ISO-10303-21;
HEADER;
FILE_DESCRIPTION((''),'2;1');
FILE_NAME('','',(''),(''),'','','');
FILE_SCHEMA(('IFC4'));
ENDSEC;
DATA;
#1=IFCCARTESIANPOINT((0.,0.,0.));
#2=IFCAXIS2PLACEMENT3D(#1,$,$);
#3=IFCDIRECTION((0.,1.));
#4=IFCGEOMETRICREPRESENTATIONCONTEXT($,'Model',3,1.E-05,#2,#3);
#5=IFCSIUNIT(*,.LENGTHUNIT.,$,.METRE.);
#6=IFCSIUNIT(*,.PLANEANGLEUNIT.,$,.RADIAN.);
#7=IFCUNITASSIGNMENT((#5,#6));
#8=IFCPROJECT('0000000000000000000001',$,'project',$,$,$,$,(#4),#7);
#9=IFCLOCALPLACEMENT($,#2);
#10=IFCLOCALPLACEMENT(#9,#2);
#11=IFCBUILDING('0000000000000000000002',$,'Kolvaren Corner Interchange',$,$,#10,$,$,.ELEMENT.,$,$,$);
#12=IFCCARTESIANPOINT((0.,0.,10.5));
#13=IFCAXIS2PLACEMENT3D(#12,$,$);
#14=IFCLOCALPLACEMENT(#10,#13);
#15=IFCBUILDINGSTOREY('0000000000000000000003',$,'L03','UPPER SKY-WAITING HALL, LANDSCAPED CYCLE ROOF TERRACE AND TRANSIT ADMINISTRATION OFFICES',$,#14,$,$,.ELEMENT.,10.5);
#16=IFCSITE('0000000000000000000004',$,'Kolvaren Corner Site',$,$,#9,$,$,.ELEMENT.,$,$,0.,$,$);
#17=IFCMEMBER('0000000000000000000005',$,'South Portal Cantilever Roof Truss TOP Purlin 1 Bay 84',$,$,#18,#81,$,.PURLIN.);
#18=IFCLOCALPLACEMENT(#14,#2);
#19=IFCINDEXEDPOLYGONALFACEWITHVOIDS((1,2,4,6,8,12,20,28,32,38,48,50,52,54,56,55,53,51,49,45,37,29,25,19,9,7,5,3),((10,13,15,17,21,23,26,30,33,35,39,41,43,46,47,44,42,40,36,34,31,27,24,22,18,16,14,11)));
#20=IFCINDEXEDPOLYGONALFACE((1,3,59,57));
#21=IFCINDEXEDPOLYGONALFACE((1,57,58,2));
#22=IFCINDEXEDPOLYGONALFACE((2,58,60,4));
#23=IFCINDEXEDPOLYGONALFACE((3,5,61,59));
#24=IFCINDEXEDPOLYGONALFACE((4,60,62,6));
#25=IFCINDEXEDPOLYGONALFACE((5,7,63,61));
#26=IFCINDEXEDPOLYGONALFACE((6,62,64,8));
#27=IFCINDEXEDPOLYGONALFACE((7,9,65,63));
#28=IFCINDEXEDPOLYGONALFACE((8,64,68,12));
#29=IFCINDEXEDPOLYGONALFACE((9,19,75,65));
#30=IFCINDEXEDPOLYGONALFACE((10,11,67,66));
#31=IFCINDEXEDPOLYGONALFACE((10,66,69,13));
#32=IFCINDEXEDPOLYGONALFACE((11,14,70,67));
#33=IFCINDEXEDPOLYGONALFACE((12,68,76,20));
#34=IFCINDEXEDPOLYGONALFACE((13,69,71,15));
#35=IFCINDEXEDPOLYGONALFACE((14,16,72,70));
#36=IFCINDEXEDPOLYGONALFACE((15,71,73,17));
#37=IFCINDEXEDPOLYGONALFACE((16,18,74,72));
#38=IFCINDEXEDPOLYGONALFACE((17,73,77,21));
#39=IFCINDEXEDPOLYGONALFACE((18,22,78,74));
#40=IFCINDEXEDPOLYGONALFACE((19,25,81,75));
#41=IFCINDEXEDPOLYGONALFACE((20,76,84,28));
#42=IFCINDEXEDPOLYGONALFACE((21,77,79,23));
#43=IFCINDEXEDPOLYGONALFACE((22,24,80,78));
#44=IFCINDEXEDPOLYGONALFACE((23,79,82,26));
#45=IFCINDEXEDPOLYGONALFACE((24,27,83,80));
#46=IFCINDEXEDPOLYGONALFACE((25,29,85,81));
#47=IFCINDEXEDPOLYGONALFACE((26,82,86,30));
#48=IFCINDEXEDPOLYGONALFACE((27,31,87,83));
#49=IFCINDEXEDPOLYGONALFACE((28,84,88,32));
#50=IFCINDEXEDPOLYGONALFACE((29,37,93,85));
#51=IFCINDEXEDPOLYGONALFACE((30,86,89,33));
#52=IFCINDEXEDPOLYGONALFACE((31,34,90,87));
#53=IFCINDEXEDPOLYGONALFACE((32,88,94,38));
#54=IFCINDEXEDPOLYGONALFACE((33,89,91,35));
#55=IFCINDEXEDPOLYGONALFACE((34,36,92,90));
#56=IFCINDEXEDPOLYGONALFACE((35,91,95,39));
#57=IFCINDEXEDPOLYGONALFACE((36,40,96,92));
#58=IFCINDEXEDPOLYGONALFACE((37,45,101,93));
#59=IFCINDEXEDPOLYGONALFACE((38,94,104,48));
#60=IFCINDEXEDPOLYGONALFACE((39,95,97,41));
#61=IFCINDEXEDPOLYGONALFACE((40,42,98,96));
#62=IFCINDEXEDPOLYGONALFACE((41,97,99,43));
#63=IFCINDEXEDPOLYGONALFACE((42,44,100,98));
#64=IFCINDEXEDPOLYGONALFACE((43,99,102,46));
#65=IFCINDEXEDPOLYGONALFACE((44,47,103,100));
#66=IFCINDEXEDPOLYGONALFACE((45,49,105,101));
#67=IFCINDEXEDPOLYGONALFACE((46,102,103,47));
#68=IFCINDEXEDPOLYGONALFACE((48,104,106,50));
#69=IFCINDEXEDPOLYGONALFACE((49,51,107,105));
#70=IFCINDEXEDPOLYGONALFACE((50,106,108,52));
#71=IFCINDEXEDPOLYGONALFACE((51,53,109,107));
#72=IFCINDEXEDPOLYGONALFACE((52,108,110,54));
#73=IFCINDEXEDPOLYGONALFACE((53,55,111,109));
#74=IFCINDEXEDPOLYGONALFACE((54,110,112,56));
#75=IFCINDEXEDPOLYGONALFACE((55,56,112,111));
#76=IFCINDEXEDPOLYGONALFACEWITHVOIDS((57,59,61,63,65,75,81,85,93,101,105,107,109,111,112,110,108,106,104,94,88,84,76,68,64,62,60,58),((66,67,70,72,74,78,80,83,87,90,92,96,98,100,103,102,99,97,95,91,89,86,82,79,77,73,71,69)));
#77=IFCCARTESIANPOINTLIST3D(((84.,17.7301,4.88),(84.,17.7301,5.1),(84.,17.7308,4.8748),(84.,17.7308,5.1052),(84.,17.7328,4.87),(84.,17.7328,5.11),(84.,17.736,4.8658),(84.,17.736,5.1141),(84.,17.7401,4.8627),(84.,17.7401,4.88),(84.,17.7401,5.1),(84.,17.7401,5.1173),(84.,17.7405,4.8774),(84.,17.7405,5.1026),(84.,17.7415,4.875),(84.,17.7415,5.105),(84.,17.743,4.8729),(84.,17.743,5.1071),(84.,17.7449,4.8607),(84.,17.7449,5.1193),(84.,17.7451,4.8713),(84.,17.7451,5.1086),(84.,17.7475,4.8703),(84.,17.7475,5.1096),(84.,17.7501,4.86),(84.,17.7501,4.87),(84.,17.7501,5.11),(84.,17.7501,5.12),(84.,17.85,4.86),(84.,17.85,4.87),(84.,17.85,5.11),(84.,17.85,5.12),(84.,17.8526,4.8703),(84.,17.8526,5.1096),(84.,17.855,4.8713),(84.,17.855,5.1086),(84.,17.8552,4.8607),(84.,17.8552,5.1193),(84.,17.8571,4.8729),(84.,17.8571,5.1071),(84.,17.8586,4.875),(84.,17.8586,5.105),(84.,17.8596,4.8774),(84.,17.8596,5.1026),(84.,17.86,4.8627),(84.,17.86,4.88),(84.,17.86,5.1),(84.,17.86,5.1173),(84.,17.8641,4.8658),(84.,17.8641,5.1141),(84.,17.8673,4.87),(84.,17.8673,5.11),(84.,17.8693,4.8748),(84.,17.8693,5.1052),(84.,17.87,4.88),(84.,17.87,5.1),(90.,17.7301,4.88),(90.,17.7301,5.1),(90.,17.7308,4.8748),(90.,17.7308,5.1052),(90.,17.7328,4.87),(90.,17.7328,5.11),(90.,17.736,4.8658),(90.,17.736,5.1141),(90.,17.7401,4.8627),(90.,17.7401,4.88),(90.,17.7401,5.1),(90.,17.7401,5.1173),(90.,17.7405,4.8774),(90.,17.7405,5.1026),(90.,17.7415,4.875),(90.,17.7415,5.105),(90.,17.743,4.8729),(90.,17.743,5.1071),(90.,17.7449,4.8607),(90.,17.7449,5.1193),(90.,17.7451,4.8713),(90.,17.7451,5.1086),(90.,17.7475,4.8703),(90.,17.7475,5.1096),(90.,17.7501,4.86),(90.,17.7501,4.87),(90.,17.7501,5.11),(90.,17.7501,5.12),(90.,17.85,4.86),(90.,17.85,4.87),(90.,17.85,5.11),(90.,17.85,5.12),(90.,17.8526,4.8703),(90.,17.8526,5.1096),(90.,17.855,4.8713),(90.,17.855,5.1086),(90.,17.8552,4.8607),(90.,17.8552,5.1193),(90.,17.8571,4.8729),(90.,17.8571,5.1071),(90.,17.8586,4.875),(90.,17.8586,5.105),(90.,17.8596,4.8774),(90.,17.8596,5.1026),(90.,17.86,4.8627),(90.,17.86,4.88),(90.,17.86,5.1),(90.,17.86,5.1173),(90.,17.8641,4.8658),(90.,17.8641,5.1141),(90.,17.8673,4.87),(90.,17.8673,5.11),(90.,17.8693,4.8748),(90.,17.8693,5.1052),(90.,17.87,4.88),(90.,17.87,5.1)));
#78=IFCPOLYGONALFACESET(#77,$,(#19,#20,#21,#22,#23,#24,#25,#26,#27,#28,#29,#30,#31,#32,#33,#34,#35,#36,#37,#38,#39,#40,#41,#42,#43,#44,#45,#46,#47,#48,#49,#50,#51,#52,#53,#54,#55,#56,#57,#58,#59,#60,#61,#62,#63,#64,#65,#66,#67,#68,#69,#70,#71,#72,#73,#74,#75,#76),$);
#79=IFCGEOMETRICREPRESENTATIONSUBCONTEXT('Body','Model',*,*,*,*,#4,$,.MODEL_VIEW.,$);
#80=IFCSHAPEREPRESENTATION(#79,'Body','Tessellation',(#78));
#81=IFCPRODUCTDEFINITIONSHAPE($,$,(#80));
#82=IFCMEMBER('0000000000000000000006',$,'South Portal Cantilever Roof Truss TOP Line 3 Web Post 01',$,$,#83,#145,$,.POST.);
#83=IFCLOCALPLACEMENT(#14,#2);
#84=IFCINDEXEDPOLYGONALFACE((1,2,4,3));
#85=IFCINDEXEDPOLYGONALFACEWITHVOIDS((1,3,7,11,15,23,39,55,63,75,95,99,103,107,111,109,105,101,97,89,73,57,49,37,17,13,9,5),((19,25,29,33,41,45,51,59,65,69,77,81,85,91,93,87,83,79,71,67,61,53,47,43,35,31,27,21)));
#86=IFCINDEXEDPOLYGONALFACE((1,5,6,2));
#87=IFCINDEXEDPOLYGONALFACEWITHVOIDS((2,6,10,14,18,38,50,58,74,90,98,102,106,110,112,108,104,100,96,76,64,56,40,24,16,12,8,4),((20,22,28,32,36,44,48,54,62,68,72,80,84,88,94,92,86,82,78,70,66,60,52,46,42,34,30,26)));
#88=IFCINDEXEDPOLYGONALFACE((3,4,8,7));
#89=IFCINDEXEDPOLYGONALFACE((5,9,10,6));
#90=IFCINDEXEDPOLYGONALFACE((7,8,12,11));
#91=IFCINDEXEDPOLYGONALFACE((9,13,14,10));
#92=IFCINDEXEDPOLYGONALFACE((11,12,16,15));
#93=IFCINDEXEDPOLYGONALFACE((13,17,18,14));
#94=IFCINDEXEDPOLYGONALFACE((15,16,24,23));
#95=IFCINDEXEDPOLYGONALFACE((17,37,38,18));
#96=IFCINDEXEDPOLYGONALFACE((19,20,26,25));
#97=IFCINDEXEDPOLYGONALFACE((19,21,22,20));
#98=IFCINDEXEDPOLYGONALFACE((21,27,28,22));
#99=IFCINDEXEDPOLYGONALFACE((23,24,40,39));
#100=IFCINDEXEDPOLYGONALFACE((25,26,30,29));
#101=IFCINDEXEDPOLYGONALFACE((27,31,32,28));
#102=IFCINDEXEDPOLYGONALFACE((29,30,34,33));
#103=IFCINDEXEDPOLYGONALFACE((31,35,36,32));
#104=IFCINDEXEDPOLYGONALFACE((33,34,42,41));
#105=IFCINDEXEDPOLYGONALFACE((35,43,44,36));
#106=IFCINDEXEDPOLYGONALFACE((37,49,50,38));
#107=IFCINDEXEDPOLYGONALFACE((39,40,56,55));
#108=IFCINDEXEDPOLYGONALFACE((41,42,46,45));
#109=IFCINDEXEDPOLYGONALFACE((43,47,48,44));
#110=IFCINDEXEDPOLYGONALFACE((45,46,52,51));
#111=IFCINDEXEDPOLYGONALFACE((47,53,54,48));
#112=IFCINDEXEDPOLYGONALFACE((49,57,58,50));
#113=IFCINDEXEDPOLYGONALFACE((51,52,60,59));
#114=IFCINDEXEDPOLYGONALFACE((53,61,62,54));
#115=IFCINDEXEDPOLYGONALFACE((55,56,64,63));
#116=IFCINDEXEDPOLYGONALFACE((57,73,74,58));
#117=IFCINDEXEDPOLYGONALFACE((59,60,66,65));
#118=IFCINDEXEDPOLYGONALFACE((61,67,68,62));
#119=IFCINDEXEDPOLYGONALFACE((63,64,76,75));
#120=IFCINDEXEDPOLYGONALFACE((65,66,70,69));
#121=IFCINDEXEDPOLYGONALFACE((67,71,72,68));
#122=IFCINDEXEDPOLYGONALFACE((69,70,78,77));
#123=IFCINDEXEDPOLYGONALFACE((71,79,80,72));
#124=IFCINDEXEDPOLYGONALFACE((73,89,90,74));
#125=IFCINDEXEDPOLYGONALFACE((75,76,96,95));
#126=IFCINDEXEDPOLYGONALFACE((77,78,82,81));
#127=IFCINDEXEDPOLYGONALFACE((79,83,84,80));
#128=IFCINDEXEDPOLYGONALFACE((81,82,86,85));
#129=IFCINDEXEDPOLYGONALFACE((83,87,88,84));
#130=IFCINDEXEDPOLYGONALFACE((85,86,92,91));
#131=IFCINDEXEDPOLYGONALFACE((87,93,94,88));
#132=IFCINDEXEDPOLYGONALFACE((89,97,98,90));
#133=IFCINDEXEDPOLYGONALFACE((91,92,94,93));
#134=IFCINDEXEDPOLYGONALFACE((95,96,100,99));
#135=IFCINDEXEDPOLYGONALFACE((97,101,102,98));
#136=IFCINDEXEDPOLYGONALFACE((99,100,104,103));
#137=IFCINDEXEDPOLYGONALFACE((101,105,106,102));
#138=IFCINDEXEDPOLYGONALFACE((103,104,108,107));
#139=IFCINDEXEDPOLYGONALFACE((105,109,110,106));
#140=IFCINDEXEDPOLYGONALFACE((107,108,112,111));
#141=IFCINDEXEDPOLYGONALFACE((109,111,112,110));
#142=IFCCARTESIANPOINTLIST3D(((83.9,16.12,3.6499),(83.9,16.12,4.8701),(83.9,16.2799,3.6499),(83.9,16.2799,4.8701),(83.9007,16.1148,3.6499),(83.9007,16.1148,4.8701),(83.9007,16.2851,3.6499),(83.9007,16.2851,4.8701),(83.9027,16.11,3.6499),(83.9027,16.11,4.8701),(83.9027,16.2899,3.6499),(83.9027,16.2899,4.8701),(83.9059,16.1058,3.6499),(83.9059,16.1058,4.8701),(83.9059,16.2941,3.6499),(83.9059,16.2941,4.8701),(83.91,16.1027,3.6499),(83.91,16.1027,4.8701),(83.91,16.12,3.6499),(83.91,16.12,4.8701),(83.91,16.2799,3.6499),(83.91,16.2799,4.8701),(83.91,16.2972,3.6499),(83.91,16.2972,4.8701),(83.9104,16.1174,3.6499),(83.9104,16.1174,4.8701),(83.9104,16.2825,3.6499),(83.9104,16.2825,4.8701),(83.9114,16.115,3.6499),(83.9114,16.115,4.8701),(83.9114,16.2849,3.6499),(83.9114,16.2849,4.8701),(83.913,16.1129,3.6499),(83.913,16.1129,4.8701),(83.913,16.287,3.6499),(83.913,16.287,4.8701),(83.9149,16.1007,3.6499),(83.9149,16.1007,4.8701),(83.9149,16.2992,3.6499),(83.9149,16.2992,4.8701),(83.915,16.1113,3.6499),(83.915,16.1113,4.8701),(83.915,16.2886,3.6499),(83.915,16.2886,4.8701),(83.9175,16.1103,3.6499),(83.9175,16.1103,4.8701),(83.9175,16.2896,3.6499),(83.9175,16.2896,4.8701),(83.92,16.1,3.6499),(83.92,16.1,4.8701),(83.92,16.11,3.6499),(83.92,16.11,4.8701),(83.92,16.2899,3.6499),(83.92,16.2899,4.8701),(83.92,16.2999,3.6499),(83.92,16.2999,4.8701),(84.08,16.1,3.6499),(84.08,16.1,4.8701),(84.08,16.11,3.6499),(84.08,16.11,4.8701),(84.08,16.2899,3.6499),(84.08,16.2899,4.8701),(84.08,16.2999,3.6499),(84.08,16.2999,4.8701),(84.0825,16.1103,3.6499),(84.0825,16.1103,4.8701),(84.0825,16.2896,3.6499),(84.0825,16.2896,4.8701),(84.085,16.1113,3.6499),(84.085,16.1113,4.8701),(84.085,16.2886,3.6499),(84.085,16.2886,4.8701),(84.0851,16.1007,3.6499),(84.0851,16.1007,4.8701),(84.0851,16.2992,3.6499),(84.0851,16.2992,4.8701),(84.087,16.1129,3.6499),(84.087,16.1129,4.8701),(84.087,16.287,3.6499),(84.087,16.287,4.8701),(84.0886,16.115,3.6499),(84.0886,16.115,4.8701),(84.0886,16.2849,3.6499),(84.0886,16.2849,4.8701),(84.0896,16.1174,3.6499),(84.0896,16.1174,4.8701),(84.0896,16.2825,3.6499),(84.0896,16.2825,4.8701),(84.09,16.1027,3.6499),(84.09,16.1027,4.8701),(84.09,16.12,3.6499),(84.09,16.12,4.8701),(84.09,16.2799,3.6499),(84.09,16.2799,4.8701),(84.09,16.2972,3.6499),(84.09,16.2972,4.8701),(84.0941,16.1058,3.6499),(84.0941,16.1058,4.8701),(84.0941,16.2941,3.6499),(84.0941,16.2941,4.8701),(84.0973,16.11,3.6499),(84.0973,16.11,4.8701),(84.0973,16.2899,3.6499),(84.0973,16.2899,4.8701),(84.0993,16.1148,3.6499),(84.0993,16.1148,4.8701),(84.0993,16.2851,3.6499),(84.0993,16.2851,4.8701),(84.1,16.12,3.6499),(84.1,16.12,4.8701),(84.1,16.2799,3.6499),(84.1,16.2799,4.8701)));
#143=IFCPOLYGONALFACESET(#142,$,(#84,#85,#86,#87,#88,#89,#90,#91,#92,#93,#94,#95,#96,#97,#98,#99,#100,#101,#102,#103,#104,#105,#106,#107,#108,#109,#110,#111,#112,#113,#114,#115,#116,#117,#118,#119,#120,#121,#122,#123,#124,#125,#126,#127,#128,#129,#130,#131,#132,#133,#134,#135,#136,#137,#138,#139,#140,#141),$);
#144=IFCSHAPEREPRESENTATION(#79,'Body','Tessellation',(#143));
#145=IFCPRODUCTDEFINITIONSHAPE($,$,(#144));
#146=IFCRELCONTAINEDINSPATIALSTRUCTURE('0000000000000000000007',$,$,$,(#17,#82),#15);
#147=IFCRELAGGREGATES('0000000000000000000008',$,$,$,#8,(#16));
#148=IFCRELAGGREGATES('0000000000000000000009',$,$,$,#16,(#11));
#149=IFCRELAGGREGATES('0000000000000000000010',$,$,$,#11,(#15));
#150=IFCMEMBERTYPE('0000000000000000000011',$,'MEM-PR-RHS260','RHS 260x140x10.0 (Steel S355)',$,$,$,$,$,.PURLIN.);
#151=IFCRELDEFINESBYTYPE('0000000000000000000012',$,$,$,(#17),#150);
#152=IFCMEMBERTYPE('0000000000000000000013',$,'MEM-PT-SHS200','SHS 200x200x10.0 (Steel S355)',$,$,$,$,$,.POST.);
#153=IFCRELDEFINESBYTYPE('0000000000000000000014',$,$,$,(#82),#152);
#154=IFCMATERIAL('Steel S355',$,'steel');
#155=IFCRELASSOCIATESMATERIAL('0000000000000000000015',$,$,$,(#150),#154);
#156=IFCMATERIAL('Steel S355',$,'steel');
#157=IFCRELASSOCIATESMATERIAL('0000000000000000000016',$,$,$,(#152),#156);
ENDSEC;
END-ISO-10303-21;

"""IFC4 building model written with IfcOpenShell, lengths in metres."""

from ifc_helpers import new_model, si_unit, direction, frame, origin, origin_2d, place, context, subcontext, project, spatial, hollow_rectangle, extrude, material, material_profile, profile_set, type_object, element, save


model = new_model("IFC4")

# Units and contexts
model_context = context("Model", 3, precision=1e-05, world=origin(), true_north=direction((0.0, 1.0)))
body_context = subcontext(model_context, "Body", "Model", "MODEL_VIEW")
ifc_project = project(units=[si_unit("LENGTHUNIT", "METRE"), si_unit("PLANEANGLEUNIT", "RADIAN")], contexts=[model_context])

# Site, building, storey
site_placement = place(None, origin())
site = spatial("IfcSite", under=ifc_project, at=site_placement, Name="Kolvaren Corner Site", CompositionType="ELEMENT", RefElevation=0.0)
building_placement = place(site_placement, origin())
building = spatial("IfcBuilding", under=site, at=building_placement, Name="Kolvaren Corner Interchange", CompositionType="ELEMENT")
storey_placement = place(building_placement, frame((0.0, 0.0, 10.5)))
storey = spatial("IfcBuildingStorey", under=building, at=storey_placement, Name="L03", Description="UPPER SKY-WAITING HALL, LANDSCAPED CYCLE ROOF TERRACE AND TRANSIT ADMINISTRATION OFFICES", CompositionType="ELEMENT", Elevation=10.5)

# Members
ifc_material_1 = material(Name="Steel S355", Category="steel")
ifc_material_profile_1 = material_profile(ifc_material_1, hollow_rectangle(XDim=0.1399, YDim=0.26, WallThickness=0.01, InnerFilletRadius=0.01, OuterFilletRadius=0.02, at=origin_2d()), Name="RHS 260x140x10.0")
ifc_profile_set_1 = profile_set([ifc_material_profile_1], Name="Steel S355")
member_type_1 = type_object("IfcMemberType", Name="MEM-PR-RHS260", Description="RHS 260x140x10.0 (Steel S355)", PredefinedType="PURLIN", material=ifc_profile_set_1)
for number, where, z_axis, x_axis, name in (
    (1, (84.0, 17.8, 4.99), (1.0, 0.0, 0.0), (0.0, 1.0, 0.0), "South Portal Cantilever Roof Truss TOP Purlin 1 Bay 84"),
):
    element("IfcMember", number, at=place(storey_placement, frame(where, z_axis=z_axis, x_axis=x_axis)), inside=storey, type_object=member_type_1, Name=name, PredefinedType="PURLIN", context=body_context, shape_type="SweptSolid", body=[
        extrude(hollow_rectangle(XDim=0.1399, YDim=0.26, WallThickness=0.01, InnerFilletRadius=0.01, OuterFilletRadius=0.02, at=origin_2d()), origin(), (0.0, 0.0, 1.0), 6.0),
    ])
ifc_material_2 = material(Name="Steel S355", Category="steel")
ifc_material_profile_2 = material_profile(ifc_material_2, hollow_rectangle(XDim=0.2, YDim=0.2, WallThickness=0.01, InnerFilletRadius=0.01, OuterFilletRadius=0.02, at=origin_2d()), Name="SHS 200x200x10.0")
ifc_profile_set_2 = profile_set([ifc_material_profile_2], Name="Steel S355")
member_type_2 = type_object("IfcMemberType", Name="MEM-PT-SHS200", Description="SHS 200x200x10.0 (Steel S355)", PredefinedType="POST", material=ifc_profile_set_2)
for number, where, z_axis, x_axis, name in (
    (2, (84.0, 16.2, 3.6499), (0.0, 0.0, 1.0), (1.0, 0.0, 0.0), "South Portal Cantilever Roof Truss TOP Line 3 Web Post 01"),
):
    element("IfcMember", number, at=place(storey_placement, frame(where, z_axis=z_axis, x_axis=x_axis)), inside=storey, type_object=member_type_2, Name=name, PredefinedType="POST", context=body_context, shape_type="SweptSolid", body=[
        extrude(hollow_rectangle(XDim=0.2, YDim=0.2, WallThickness=0.01, InnerFilletRadius=0.01, OuterFilletRadius=0.02, at=origin_2d()), origin(), (0.0, 0.0, 1.0), 1.2202),
    ])

save(model, "model.ifc")
